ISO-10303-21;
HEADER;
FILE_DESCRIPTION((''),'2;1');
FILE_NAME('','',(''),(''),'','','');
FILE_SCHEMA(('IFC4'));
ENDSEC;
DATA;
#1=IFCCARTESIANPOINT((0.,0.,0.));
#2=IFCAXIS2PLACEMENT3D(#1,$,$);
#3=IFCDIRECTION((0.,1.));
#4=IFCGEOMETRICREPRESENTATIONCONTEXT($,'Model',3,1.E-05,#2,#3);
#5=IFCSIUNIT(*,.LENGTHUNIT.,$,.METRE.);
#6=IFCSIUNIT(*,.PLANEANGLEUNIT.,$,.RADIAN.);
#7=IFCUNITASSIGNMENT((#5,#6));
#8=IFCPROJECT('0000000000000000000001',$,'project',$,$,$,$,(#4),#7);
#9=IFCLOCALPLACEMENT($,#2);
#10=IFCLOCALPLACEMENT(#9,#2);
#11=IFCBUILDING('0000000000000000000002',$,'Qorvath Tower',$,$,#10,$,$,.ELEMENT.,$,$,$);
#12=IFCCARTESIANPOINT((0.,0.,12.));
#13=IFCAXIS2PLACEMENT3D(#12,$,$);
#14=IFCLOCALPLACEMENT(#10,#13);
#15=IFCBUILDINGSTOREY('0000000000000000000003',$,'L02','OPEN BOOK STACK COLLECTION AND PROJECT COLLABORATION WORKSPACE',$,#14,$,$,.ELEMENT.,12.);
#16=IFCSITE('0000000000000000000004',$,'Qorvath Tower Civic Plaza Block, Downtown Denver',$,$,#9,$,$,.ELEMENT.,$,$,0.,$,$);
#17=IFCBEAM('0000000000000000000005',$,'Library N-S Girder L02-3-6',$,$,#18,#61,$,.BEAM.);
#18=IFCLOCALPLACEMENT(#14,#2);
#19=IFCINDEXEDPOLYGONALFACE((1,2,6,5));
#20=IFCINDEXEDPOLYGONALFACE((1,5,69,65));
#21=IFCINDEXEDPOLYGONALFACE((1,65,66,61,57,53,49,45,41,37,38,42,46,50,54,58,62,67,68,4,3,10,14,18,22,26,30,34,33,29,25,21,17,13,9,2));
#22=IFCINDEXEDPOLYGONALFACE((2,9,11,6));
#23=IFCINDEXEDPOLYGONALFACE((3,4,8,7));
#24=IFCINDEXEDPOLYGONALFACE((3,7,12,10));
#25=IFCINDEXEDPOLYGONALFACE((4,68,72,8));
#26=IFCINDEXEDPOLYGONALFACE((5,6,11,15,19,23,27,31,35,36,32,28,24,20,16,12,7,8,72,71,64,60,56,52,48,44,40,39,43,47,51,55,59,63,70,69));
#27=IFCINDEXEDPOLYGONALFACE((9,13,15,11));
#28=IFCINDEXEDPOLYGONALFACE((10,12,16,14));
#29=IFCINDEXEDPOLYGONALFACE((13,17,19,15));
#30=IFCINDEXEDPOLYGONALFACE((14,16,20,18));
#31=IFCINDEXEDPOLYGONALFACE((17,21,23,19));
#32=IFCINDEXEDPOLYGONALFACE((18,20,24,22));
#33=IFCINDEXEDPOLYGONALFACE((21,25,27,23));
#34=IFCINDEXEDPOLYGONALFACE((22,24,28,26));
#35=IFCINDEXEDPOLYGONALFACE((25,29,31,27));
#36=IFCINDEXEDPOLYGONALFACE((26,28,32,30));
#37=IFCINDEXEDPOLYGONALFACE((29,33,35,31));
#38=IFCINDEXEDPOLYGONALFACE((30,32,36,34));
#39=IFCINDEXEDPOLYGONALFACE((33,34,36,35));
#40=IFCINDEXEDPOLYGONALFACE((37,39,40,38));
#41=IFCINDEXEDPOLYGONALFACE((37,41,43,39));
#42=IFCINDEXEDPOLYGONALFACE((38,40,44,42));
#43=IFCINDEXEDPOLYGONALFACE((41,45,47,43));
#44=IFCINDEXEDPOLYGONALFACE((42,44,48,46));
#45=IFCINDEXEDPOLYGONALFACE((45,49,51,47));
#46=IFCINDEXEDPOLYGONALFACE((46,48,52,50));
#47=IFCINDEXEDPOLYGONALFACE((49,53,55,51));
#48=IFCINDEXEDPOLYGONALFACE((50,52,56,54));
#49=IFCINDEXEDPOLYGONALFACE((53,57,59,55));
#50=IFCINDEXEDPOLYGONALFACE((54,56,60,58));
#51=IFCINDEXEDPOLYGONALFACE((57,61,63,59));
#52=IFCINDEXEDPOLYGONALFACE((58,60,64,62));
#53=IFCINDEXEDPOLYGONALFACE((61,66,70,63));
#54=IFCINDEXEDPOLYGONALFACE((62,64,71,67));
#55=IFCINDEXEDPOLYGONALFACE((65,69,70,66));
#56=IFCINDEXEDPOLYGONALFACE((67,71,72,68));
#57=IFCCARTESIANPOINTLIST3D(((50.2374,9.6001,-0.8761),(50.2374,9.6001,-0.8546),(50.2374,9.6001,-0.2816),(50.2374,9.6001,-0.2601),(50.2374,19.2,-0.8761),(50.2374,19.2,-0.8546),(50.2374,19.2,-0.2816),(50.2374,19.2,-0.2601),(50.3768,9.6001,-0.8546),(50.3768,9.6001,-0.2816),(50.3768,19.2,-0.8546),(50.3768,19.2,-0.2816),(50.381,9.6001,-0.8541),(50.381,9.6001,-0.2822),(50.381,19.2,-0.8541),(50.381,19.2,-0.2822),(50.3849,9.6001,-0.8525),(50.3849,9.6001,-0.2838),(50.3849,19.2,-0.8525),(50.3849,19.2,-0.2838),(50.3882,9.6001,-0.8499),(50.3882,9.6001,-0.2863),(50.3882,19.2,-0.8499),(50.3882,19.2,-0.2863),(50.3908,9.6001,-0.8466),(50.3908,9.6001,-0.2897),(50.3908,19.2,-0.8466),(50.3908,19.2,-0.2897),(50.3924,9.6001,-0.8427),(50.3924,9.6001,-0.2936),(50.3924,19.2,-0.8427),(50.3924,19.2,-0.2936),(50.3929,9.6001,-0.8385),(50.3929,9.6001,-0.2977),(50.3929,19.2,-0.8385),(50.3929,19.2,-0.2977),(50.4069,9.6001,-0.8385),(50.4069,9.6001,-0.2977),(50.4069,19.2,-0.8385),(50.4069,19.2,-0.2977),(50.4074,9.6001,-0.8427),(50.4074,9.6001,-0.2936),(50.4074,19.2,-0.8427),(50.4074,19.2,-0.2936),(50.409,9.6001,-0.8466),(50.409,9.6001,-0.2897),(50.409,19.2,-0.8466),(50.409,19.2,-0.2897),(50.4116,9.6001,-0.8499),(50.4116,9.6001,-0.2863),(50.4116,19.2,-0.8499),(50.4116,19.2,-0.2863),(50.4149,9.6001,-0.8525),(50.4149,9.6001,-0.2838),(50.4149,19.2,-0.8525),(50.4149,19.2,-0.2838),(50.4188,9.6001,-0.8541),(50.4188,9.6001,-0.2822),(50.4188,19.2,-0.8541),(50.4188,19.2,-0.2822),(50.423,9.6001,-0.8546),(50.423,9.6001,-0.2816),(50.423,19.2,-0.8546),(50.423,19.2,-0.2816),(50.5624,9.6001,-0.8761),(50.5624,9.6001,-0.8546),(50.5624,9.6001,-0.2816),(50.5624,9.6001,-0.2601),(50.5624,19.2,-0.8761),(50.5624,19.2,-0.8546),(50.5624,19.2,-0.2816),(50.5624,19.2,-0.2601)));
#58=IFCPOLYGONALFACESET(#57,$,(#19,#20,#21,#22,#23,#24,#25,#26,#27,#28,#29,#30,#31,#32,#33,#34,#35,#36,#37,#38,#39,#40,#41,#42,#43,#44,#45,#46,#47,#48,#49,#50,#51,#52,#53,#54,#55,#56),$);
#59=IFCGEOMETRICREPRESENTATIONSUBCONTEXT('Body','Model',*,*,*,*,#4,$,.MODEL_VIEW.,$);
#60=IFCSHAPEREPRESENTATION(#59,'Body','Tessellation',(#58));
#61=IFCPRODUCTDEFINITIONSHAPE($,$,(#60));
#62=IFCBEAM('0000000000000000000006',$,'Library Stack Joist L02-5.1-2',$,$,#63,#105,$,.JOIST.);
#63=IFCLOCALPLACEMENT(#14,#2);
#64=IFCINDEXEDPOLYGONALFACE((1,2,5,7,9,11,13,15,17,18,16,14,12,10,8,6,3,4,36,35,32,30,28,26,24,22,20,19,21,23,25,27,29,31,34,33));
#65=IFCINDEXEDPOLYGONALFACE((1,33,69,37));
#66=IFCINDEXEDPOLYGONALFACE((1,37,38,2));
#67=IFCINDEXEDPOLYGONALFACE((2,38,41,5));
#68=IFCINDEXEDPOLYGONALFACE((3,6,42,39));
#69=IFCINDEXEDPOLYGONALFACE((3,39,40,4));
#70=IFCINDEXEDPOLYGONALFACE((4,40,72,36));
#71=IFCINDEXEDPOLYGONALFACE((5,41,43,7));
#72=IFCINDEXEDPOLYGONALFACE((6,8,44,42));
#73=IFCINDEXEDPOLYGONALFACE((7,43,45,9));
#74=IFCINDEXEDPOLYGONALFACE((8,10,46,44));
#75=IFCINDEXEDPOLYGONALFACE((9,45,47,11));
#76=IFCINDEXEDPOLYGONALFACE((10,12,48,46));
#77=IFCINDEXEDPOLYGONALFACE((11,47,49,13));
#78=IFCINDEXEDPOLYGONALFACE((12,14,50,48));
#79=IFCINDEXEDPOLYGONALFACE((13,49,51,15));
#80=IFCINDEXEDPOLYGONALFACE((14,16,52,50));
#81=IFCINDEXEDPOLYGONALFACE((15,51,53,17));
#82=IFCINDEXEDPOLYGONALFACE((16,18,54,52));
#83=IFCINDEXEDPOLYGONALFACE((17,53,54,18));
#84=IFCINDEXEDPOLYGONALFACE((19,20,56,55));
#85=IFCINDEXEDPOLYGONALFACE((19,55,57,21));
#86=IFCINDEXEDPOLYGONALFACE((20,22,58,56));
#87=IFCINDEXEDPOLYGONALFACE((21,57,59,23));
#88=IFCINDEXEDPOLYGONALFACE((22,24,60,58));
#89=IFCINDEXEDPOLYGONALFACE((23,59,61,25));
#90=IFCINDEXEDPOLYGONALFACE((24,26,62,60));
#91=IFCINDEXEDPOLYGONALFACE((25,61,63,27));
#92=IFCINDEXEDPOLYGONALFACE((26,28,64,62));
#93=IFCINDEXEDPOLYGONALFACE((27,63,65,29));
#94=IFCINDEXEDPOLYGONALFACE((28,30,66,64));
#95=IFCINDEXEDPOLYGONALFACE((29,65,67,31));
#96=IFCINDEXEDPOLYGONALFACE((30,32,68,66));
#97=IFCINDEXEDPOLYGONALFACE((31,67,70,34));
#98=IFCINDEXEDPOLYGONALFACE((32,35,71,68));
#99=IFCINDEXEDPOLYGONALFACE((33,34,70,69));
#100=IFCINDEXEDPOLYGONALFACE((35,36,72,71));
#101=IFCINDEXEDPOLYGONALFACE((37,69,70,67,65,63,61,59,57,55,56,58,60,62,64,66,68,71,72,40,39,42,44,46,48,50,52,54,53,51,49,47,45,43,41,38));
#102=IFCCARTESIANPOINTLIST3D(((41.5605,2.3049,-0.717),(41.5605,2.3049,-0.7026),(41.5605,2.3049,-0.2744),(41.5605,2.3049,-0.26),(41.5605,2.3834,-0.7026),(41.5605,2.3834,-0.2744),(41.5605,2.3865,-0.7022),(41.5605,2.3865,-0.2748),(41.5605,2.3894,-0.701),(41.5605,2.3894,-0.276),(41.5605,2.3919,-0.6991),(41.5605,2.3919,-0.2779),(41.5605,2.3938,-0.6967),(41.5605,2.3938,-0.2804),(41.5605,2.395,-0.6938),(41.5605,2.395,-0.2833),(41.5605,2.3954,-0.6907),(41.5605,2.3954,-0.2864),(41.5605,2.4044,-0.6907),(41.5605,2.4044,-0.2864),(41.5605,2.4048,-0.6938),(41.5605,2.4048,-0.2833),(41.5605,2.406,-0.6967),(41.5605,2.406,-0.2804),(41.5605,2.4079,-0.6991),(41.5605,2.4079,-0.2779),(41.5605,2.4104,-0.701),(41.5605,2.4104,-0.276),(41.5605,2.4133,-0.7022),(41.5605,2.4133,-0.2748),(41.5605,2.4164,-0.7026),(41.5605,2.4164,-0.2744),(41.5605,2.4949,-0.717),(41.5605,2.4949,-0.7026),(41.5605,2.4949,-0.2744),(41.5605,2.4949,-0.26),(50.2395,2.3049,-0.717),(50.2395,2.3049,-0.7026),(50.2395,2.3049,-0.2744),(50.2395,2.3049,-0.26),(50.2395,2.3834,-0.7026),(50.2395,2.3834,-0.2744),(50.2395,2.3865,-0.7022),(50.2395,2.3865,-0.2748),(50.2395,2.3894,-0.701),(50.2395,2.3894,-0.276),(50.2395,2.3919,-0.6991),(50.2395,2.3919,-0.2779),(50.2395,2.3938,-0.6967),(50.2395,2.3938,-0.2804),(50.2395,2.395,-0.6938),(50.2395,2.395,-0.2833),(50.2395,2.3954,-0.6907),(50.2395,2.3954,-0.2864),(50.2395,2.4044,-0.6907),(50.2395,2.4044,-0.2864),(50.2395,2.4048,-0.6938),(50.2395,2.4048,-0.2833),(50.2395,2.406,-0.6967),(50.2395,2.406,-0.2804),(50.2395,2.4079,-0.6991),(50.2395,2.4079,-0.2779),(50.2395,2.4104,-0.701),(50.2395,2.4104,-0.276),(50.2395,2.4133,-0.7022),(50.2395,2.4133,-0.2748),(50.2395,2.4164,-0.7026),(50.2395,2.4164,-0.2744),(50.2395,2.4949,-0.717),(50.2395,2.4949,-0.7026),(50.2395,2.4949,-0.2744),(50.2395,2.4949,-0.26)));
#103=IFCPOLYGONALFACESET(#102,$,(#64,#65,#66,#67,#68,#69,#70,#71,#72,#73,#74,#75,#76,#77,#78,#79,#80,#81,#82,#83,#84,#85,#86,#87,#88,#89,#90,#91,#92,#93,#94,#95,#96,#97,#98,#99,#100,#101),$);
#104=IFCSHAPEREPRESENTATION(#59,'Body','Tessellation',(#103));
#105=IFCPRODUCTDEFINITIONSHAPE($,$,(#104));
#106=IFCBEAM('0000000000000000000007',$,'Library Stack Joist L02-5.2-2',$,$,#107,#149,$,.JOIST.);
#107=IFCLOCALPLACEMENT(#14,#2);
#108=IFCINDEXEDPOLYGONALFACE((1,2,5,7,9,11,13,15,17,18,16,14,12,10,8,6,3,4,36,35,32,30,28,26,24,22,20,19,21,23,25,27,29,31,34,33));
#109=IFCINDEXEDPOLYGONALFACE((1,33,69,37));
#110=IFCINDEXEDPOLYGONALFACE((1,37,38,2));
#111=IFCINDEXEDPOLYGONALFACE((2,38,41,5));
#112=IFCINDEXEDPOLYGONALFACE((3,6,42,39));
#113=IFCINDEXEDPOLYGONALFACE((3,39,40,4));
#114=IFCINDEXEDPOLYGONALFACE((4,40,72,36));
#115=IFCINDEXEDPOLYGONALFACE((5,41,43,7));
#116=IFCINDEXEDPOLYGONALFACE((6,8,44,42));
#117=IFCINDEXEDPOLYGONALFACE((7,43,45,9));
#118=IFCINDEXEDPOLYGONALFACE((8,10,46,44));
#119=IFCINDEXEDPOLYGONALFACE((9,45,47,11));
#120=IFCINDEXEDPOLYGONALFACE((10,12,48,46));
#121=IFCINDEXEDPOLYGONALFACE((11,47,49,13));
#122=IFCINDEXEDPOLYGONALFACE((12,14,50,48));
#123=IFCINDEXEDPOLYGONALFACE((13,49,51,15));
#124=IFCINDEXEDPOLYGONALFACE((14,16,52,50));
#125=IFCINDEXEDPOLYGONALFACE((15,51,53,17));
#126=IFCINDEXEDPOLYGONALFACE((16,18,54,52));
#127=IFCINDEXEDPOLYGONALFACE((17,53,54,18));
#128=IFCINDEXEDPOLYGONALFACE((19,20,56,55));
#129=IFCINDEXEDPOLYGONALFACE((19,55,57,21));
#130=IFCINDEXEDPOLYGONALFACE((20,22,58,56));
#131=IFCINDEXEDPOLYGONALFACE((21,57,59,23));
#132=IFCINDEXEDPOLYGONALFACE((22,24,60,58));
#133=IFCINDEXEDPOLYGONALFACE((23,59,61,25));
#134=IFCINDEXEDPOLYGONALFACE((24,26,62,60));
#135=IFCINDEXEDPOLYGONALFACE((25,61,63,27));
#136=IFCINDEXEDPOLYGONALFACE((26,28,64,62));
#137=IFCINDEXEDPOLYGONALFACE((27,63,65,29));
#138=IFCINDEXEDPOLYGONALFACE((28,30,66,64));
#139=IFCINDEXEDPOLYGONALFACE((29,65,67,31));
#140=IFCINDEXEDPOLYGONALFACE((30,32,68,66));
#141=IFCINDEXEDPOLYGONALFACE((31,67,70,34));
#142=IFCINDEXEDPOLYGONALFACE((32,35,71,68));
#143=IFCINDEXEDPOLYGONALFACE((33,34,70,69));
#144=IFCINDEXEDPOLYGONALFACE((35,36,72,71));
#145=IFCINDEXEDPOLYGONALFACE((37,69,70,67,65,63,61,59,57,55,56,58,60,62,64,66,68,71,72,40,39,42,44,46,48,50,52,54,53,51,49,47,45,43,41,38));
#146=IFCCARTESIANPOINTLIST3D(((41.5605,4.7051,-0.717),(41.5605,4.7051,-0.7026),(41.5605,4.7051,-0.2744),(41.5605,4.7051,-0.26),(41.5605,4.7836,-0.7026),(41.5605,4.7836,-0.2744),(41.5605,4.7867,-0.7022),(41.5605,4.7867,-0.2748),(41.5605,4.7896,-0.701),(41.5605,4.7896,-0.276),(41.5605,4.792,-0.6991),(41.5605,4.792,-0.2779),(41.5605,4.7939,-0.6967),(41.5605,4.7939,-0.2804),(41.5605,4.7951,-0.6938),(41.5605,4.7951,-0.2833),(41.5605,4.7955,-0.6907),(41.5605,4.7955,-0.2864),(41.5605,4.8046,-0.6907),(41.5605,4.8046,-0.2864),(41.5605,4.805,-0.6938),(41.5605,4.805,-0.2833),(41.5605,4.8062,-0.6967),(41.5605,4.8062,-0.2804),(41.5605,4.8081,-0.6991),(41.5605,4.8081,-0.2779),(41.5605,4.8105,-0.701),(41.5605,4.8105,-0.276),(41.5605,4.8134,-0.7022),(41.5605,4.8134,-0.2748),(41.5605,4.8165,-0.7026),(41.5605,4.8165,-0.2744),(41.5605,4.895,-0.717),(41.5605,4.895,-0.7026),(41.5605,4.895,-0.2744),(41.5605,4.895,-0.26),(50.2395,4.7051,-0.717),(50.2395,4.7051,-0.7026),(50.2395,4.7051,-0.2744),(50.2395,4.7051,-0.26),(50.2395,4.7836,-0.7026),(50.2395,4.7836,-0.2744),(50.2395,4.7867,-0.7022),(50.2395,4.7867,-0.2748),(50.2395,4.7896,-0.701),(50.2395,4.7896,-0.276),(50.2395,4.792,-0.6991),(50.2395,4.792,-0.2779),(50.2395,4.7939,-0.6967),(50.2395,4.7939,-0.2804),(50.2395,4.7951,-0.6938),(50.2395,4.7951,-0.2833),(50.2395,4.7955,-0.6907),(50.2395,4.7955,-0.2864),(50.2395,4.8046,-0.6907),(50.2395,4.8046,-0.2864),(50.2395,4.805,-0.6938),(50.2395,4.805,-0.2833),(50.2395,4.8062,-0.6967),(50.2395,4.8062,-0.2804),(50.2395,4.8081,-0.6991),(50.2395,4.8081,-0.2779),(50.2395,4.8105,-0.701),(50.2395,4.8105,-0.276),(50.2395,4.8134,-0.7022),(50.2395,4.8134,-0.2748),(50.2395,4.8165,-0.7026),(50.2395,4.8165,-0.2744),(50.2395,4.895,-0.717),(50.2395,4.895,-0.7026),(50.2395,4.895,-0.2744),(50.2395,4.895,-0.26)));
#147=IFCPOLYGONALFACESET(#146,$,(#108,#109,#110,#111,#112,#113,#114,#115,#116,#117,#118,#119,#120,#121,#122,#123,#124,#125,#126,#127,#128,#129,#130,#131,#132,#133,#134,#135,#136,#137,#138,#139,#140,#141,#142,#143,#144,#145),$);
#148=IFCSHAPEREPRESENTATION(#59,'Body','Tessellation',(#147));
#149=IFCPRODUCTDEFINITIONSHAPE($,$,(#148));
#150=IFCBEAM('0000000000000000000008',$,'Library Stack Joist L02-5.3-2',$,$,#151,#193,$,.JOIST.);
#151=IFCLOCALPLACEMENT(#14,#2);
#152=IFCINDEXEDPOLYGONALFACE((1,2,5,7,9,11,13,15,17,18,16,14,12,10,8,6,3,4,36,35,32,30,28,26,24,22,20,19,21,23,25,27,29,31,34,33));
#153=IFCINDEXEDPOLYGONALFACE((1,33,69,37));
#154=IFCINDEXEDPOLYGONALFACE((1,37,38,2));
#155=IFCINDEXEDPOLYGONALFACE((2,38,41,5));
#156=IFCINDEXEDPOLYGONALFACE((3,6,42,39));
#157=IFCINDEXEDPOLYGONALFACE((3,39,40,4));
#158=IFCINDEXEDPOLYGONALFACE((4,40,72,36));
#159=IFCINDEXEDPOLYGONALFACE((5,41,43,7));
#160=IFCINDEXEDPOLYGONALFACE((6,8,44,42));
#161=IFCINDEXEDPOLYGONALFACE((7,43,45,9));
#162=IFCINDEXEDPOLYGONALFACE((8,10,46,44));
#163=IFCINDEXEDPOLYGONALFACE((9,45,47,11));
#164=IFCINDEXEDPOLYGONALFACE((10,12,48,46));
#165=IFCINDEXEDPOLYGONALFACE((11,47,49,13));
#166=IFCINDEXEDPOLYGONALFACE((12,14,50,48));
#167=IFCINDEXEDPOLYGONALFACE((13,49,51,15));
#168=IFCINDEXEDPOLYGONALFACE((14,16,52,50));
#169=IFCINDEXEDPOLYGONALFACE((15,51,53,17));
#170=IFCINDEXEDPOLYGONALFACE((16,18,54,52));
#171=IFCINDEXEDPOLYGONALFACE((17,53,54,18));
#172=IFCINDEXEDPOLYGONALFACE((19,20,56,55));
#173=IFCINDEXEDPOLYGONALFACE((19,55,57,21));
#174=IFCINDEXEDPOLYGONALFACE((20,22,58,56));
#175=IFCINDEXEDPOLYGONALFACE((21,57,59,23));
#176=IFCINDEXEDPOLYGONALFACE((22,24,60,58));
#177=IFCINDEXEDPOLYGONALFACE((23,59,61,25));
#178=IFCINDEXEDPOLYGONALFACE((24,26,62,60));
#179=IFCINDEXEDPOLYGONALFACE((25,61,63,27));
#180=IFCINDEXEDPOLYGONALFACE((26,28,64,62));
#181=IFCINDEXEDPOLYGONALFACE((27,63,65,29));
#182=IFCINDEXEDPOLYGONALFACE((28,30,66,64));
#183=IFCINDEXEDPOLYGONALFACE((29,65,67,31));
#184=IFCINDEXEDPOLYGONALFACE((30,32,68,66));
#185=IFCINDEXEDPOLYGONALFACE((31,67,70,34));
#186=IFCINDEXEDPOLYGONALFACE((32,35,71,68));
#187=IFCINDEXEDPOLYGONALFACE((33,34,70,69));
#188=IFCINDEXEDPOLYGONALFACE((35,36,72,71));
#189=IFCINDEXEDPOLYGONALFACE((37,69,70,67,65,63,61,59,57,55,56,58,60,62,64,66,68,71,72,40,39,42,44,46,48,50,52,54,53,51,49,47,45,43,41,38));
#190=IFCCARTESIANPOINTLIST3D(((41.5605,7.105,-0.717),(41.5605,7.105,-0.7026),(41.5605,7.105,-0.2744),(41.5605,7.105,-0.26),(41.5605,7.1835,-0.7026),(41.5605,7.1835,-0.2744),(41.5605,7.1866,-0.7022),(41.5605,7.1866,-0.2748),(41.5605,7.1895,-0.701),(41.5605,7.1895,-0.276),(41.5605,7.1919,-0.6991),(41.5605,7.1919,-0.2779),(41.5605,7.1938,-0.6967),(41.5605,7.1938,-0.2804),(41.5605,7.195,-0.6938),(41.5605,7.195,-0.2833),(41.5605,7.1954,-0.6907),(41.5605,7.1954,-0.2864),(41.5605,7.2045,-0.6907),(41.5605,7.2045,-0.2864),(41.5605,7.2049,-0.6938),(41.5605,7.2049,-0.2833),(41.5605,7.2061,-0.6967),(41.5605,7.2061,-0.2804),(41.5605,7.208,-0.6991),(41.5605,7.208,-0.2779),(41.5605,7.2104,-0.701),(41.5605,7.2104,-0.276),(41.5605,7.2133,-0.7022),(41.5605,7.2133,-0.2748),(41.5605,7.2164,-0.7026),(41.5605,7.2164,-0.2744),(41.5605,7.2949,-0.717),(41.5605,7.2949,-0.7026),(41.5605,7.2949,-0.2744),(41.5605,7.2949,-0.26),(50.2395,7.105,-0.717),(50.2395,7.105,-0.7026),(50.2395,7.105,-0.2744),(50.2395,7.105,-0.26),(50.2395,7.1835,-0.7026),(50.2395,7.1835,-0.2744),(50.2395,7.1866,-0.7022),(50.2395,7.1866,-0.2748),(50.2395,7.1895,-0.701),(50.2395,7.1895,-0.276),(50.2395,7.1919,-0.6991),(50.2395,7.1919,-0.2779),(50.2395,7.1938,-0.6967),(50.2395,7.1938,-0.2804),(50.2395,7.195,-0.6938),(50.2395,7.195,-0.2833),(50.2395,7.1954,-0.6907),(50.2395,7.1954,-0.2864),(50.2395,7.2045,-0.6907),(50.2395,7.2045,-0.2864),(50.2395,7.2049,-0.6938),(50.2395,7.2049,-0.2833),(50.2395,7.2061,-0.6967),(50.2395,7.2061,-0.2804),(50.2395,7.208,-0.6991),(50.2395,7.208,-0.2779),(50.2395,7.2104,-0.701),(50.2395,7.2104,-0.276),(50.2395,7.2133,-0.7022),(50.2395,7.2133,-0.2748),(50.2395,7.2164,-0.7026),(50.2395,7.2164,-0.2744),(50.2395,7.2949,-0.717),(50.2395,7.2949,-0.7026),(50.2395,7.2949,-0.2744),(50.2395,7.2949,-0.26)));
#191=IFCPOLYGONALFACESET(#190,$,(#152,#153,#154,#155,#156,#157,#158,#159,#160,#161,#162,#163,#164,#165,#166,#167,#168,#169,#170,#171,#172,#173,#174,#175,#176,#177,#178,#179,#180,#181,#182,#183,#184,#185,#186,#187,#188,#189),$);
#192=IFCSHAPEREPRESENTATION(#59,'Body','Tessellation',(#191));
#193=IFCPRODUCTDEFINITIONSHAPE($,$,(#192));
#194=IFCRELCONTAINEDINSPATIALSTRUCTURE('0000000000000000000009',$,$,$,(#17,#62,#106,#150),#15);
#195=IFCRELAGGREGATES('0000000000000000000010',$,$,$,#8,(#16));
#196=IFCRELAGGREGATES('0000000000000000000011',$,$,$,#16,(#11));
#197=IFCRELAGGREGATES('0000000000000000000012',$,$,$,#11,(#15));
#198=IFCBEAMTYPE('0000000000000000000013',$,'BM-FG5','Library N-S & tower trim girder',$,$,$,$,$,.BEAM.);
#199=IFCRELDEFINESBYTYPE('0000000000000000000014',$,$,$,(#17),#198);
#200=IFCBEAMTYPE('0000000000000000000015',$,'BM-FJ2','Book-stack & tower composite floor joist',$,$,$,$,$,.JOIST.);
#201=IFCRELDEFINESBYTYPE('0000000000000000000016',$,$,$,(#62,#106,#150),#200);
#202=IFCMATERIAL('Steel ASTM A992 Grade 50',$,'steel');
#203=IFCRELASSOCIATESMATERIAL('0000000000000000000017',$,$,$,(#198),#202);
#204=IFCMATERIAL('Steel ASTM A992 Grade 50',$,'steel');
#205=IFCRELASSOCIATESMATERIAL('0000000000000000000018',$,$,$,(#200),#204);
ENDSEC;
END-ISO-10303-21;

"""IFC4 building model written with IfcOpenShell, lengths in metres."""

from ifc_helpers import new_model, si_unit, direction, frame, origin, origin_2d, place, context, subcontext, project, spatial, i_section, extrude, material, material_profile, profile_set, type_object, element, save


model = new_model("IFC4")

# Units and contexts
model_context = context("Model", 3, precision=1e-05, world=origin(), true_north=direction((0.0, 1.0)))
body_context = subcontext(model_context, "Body", "Model", "MODEL_VIEW")
ifc_project = project(units=[si_unit("LENGTHUNIT", "METRE"), si_unit("PLANEANGLEUNIT", "RADIAN")], contexts=[model_context])

# Site, building, storey
site_placement = place(None, origin())
site = spatial("IfcSite", under=ifc_project, at=site_placement, Name="Qorvath Tower Civic Plaza Block, Downtown Denver", CompositionType="ELEMENT", RefElevation=0.0)
building_placement = place(site_placement, origin())
building = spatial("IfcBuilding", under=site, at=building_placement, Name="Qorvath Tower", CompositionType="ELEMENT")
storey_placement = place(building_placement, frame((0.0, 0.0, 12.0)))
storey = spatial("IfcBuildingStorey", under=building, at=storey_placement, Name="L02", Description="OPEN BOOK STACK COLLECTION AND PROJECT COLLABORATION WORKSPACE", CompositionType="ELEMENT", Elevation=12.0)

# Beams
ifc_material_1 = material(Name="Steel ASTM A992 Grade 50", Category="steel")
ifc_material_profile_1 = material_profile(ifc_material_1, i_section(OverallWidth=0.325, OverallDepth=0.616, WebThickness=0.0139, FlangeThickness=0.0215, FilletRadius=0.0161, at=origin_2d()), Name="W24x117")
ifc_profile_set_1 = profile_set([ifc_material_profile_1], Name="Steel ASTM A992 Grade 50")
beam_type_1 = type_object("IfcBeamType", Name="BM-FG5", Description="Library N-S & tower trim girder", PredefinedType="BEAM", material=ifc_profile_set_1)
for number, where, z_axis, x_axis, name in (
    (1, (50.3999, 9.6001, -0.5681), (0.0, 1.0, 0.0), (-1.0, 0.0, 0.0), "Library N-S Girder L02-3-6"),
):
    element("IfcBeam", number, at=place(storey_placement, frame(where, z_axis=z_axis, x_axis=x_axis)), inside=storey, type_object=beam_type_1, Name=name, PredefinedType="BEAM", context=body_context, shape_type="SweptSolid", body=[
        extrude(i_section(OverallWidth=0.325, OverallDepth=0.616, WebThickness=0.0139, FlangeThickness=0.0215, FilletRadius=0.0161, at=origin_2d()), origin(), (0.0, 0.0, 1.0), 9.5999),
    ])
ifc_material_2 = material(Name="Steel ASTM A992 Grade 50", Category="steel")
ifc_material_profile_2 = material_profile(ifc_material_2, i_section(OverallWidth=0.1899, OverallDepth=0.457, WebThickness=0.009, FlangeThickness=0.0144, FilletRadius=0.012, at=origin_2d()), Name="W18x50")
ifc_profile_set_2 = profile_set([ifc_material_profile_2], Name="Steel ASTM A992 Grade 50")
beam_type_2 = type_object("IfcBeamType", Name="BM-FJ2", Description="Book-stack & tower composite floor joist", PredefinedType="JOIST", material=ifc_profile_set_2)
for number, where, z_axis, x_axis, name in (
    (2, (41.5605, 2.3999, -0.4885), (1.0, 0.0, 0.0), (0.0, 1.0, 0.0), "Library Stack Joist L02-5.1-2"),
    (3, (41.5605, 4.8, -0.4885), (1.0, 0.0, 0.0), (0.0, 1.0, 0.0), "Library Stack Joist L02-5.2-2"),
    (4, (41.5605, 7.2, -0.4885), (1.0, 0.0, 0.0), (0.0, 1.0, 0.0), "Library Stack Joist L02-5.3-2"),
):
    element("IfcBeam", number, at=place(storey_placement, frame(where, z_axis=z_axis, x_axis=x_axis)), inside=storey, type_object=beam_type_2, Name=name, PredefinedType="JOIST", context=body_context, shape_type="SweptSolid", body=[
        extrude(i_section(OverallWidth=0.1899, OverallDepth=0.457, WebThickness=0.009, FlangeThickness=0.0144, FilletRadius=0.012, at=origin_2d()), origin(), (0.0, 0.0, 1.0), 8.679),
    ])

save(model, "model.ifc")
